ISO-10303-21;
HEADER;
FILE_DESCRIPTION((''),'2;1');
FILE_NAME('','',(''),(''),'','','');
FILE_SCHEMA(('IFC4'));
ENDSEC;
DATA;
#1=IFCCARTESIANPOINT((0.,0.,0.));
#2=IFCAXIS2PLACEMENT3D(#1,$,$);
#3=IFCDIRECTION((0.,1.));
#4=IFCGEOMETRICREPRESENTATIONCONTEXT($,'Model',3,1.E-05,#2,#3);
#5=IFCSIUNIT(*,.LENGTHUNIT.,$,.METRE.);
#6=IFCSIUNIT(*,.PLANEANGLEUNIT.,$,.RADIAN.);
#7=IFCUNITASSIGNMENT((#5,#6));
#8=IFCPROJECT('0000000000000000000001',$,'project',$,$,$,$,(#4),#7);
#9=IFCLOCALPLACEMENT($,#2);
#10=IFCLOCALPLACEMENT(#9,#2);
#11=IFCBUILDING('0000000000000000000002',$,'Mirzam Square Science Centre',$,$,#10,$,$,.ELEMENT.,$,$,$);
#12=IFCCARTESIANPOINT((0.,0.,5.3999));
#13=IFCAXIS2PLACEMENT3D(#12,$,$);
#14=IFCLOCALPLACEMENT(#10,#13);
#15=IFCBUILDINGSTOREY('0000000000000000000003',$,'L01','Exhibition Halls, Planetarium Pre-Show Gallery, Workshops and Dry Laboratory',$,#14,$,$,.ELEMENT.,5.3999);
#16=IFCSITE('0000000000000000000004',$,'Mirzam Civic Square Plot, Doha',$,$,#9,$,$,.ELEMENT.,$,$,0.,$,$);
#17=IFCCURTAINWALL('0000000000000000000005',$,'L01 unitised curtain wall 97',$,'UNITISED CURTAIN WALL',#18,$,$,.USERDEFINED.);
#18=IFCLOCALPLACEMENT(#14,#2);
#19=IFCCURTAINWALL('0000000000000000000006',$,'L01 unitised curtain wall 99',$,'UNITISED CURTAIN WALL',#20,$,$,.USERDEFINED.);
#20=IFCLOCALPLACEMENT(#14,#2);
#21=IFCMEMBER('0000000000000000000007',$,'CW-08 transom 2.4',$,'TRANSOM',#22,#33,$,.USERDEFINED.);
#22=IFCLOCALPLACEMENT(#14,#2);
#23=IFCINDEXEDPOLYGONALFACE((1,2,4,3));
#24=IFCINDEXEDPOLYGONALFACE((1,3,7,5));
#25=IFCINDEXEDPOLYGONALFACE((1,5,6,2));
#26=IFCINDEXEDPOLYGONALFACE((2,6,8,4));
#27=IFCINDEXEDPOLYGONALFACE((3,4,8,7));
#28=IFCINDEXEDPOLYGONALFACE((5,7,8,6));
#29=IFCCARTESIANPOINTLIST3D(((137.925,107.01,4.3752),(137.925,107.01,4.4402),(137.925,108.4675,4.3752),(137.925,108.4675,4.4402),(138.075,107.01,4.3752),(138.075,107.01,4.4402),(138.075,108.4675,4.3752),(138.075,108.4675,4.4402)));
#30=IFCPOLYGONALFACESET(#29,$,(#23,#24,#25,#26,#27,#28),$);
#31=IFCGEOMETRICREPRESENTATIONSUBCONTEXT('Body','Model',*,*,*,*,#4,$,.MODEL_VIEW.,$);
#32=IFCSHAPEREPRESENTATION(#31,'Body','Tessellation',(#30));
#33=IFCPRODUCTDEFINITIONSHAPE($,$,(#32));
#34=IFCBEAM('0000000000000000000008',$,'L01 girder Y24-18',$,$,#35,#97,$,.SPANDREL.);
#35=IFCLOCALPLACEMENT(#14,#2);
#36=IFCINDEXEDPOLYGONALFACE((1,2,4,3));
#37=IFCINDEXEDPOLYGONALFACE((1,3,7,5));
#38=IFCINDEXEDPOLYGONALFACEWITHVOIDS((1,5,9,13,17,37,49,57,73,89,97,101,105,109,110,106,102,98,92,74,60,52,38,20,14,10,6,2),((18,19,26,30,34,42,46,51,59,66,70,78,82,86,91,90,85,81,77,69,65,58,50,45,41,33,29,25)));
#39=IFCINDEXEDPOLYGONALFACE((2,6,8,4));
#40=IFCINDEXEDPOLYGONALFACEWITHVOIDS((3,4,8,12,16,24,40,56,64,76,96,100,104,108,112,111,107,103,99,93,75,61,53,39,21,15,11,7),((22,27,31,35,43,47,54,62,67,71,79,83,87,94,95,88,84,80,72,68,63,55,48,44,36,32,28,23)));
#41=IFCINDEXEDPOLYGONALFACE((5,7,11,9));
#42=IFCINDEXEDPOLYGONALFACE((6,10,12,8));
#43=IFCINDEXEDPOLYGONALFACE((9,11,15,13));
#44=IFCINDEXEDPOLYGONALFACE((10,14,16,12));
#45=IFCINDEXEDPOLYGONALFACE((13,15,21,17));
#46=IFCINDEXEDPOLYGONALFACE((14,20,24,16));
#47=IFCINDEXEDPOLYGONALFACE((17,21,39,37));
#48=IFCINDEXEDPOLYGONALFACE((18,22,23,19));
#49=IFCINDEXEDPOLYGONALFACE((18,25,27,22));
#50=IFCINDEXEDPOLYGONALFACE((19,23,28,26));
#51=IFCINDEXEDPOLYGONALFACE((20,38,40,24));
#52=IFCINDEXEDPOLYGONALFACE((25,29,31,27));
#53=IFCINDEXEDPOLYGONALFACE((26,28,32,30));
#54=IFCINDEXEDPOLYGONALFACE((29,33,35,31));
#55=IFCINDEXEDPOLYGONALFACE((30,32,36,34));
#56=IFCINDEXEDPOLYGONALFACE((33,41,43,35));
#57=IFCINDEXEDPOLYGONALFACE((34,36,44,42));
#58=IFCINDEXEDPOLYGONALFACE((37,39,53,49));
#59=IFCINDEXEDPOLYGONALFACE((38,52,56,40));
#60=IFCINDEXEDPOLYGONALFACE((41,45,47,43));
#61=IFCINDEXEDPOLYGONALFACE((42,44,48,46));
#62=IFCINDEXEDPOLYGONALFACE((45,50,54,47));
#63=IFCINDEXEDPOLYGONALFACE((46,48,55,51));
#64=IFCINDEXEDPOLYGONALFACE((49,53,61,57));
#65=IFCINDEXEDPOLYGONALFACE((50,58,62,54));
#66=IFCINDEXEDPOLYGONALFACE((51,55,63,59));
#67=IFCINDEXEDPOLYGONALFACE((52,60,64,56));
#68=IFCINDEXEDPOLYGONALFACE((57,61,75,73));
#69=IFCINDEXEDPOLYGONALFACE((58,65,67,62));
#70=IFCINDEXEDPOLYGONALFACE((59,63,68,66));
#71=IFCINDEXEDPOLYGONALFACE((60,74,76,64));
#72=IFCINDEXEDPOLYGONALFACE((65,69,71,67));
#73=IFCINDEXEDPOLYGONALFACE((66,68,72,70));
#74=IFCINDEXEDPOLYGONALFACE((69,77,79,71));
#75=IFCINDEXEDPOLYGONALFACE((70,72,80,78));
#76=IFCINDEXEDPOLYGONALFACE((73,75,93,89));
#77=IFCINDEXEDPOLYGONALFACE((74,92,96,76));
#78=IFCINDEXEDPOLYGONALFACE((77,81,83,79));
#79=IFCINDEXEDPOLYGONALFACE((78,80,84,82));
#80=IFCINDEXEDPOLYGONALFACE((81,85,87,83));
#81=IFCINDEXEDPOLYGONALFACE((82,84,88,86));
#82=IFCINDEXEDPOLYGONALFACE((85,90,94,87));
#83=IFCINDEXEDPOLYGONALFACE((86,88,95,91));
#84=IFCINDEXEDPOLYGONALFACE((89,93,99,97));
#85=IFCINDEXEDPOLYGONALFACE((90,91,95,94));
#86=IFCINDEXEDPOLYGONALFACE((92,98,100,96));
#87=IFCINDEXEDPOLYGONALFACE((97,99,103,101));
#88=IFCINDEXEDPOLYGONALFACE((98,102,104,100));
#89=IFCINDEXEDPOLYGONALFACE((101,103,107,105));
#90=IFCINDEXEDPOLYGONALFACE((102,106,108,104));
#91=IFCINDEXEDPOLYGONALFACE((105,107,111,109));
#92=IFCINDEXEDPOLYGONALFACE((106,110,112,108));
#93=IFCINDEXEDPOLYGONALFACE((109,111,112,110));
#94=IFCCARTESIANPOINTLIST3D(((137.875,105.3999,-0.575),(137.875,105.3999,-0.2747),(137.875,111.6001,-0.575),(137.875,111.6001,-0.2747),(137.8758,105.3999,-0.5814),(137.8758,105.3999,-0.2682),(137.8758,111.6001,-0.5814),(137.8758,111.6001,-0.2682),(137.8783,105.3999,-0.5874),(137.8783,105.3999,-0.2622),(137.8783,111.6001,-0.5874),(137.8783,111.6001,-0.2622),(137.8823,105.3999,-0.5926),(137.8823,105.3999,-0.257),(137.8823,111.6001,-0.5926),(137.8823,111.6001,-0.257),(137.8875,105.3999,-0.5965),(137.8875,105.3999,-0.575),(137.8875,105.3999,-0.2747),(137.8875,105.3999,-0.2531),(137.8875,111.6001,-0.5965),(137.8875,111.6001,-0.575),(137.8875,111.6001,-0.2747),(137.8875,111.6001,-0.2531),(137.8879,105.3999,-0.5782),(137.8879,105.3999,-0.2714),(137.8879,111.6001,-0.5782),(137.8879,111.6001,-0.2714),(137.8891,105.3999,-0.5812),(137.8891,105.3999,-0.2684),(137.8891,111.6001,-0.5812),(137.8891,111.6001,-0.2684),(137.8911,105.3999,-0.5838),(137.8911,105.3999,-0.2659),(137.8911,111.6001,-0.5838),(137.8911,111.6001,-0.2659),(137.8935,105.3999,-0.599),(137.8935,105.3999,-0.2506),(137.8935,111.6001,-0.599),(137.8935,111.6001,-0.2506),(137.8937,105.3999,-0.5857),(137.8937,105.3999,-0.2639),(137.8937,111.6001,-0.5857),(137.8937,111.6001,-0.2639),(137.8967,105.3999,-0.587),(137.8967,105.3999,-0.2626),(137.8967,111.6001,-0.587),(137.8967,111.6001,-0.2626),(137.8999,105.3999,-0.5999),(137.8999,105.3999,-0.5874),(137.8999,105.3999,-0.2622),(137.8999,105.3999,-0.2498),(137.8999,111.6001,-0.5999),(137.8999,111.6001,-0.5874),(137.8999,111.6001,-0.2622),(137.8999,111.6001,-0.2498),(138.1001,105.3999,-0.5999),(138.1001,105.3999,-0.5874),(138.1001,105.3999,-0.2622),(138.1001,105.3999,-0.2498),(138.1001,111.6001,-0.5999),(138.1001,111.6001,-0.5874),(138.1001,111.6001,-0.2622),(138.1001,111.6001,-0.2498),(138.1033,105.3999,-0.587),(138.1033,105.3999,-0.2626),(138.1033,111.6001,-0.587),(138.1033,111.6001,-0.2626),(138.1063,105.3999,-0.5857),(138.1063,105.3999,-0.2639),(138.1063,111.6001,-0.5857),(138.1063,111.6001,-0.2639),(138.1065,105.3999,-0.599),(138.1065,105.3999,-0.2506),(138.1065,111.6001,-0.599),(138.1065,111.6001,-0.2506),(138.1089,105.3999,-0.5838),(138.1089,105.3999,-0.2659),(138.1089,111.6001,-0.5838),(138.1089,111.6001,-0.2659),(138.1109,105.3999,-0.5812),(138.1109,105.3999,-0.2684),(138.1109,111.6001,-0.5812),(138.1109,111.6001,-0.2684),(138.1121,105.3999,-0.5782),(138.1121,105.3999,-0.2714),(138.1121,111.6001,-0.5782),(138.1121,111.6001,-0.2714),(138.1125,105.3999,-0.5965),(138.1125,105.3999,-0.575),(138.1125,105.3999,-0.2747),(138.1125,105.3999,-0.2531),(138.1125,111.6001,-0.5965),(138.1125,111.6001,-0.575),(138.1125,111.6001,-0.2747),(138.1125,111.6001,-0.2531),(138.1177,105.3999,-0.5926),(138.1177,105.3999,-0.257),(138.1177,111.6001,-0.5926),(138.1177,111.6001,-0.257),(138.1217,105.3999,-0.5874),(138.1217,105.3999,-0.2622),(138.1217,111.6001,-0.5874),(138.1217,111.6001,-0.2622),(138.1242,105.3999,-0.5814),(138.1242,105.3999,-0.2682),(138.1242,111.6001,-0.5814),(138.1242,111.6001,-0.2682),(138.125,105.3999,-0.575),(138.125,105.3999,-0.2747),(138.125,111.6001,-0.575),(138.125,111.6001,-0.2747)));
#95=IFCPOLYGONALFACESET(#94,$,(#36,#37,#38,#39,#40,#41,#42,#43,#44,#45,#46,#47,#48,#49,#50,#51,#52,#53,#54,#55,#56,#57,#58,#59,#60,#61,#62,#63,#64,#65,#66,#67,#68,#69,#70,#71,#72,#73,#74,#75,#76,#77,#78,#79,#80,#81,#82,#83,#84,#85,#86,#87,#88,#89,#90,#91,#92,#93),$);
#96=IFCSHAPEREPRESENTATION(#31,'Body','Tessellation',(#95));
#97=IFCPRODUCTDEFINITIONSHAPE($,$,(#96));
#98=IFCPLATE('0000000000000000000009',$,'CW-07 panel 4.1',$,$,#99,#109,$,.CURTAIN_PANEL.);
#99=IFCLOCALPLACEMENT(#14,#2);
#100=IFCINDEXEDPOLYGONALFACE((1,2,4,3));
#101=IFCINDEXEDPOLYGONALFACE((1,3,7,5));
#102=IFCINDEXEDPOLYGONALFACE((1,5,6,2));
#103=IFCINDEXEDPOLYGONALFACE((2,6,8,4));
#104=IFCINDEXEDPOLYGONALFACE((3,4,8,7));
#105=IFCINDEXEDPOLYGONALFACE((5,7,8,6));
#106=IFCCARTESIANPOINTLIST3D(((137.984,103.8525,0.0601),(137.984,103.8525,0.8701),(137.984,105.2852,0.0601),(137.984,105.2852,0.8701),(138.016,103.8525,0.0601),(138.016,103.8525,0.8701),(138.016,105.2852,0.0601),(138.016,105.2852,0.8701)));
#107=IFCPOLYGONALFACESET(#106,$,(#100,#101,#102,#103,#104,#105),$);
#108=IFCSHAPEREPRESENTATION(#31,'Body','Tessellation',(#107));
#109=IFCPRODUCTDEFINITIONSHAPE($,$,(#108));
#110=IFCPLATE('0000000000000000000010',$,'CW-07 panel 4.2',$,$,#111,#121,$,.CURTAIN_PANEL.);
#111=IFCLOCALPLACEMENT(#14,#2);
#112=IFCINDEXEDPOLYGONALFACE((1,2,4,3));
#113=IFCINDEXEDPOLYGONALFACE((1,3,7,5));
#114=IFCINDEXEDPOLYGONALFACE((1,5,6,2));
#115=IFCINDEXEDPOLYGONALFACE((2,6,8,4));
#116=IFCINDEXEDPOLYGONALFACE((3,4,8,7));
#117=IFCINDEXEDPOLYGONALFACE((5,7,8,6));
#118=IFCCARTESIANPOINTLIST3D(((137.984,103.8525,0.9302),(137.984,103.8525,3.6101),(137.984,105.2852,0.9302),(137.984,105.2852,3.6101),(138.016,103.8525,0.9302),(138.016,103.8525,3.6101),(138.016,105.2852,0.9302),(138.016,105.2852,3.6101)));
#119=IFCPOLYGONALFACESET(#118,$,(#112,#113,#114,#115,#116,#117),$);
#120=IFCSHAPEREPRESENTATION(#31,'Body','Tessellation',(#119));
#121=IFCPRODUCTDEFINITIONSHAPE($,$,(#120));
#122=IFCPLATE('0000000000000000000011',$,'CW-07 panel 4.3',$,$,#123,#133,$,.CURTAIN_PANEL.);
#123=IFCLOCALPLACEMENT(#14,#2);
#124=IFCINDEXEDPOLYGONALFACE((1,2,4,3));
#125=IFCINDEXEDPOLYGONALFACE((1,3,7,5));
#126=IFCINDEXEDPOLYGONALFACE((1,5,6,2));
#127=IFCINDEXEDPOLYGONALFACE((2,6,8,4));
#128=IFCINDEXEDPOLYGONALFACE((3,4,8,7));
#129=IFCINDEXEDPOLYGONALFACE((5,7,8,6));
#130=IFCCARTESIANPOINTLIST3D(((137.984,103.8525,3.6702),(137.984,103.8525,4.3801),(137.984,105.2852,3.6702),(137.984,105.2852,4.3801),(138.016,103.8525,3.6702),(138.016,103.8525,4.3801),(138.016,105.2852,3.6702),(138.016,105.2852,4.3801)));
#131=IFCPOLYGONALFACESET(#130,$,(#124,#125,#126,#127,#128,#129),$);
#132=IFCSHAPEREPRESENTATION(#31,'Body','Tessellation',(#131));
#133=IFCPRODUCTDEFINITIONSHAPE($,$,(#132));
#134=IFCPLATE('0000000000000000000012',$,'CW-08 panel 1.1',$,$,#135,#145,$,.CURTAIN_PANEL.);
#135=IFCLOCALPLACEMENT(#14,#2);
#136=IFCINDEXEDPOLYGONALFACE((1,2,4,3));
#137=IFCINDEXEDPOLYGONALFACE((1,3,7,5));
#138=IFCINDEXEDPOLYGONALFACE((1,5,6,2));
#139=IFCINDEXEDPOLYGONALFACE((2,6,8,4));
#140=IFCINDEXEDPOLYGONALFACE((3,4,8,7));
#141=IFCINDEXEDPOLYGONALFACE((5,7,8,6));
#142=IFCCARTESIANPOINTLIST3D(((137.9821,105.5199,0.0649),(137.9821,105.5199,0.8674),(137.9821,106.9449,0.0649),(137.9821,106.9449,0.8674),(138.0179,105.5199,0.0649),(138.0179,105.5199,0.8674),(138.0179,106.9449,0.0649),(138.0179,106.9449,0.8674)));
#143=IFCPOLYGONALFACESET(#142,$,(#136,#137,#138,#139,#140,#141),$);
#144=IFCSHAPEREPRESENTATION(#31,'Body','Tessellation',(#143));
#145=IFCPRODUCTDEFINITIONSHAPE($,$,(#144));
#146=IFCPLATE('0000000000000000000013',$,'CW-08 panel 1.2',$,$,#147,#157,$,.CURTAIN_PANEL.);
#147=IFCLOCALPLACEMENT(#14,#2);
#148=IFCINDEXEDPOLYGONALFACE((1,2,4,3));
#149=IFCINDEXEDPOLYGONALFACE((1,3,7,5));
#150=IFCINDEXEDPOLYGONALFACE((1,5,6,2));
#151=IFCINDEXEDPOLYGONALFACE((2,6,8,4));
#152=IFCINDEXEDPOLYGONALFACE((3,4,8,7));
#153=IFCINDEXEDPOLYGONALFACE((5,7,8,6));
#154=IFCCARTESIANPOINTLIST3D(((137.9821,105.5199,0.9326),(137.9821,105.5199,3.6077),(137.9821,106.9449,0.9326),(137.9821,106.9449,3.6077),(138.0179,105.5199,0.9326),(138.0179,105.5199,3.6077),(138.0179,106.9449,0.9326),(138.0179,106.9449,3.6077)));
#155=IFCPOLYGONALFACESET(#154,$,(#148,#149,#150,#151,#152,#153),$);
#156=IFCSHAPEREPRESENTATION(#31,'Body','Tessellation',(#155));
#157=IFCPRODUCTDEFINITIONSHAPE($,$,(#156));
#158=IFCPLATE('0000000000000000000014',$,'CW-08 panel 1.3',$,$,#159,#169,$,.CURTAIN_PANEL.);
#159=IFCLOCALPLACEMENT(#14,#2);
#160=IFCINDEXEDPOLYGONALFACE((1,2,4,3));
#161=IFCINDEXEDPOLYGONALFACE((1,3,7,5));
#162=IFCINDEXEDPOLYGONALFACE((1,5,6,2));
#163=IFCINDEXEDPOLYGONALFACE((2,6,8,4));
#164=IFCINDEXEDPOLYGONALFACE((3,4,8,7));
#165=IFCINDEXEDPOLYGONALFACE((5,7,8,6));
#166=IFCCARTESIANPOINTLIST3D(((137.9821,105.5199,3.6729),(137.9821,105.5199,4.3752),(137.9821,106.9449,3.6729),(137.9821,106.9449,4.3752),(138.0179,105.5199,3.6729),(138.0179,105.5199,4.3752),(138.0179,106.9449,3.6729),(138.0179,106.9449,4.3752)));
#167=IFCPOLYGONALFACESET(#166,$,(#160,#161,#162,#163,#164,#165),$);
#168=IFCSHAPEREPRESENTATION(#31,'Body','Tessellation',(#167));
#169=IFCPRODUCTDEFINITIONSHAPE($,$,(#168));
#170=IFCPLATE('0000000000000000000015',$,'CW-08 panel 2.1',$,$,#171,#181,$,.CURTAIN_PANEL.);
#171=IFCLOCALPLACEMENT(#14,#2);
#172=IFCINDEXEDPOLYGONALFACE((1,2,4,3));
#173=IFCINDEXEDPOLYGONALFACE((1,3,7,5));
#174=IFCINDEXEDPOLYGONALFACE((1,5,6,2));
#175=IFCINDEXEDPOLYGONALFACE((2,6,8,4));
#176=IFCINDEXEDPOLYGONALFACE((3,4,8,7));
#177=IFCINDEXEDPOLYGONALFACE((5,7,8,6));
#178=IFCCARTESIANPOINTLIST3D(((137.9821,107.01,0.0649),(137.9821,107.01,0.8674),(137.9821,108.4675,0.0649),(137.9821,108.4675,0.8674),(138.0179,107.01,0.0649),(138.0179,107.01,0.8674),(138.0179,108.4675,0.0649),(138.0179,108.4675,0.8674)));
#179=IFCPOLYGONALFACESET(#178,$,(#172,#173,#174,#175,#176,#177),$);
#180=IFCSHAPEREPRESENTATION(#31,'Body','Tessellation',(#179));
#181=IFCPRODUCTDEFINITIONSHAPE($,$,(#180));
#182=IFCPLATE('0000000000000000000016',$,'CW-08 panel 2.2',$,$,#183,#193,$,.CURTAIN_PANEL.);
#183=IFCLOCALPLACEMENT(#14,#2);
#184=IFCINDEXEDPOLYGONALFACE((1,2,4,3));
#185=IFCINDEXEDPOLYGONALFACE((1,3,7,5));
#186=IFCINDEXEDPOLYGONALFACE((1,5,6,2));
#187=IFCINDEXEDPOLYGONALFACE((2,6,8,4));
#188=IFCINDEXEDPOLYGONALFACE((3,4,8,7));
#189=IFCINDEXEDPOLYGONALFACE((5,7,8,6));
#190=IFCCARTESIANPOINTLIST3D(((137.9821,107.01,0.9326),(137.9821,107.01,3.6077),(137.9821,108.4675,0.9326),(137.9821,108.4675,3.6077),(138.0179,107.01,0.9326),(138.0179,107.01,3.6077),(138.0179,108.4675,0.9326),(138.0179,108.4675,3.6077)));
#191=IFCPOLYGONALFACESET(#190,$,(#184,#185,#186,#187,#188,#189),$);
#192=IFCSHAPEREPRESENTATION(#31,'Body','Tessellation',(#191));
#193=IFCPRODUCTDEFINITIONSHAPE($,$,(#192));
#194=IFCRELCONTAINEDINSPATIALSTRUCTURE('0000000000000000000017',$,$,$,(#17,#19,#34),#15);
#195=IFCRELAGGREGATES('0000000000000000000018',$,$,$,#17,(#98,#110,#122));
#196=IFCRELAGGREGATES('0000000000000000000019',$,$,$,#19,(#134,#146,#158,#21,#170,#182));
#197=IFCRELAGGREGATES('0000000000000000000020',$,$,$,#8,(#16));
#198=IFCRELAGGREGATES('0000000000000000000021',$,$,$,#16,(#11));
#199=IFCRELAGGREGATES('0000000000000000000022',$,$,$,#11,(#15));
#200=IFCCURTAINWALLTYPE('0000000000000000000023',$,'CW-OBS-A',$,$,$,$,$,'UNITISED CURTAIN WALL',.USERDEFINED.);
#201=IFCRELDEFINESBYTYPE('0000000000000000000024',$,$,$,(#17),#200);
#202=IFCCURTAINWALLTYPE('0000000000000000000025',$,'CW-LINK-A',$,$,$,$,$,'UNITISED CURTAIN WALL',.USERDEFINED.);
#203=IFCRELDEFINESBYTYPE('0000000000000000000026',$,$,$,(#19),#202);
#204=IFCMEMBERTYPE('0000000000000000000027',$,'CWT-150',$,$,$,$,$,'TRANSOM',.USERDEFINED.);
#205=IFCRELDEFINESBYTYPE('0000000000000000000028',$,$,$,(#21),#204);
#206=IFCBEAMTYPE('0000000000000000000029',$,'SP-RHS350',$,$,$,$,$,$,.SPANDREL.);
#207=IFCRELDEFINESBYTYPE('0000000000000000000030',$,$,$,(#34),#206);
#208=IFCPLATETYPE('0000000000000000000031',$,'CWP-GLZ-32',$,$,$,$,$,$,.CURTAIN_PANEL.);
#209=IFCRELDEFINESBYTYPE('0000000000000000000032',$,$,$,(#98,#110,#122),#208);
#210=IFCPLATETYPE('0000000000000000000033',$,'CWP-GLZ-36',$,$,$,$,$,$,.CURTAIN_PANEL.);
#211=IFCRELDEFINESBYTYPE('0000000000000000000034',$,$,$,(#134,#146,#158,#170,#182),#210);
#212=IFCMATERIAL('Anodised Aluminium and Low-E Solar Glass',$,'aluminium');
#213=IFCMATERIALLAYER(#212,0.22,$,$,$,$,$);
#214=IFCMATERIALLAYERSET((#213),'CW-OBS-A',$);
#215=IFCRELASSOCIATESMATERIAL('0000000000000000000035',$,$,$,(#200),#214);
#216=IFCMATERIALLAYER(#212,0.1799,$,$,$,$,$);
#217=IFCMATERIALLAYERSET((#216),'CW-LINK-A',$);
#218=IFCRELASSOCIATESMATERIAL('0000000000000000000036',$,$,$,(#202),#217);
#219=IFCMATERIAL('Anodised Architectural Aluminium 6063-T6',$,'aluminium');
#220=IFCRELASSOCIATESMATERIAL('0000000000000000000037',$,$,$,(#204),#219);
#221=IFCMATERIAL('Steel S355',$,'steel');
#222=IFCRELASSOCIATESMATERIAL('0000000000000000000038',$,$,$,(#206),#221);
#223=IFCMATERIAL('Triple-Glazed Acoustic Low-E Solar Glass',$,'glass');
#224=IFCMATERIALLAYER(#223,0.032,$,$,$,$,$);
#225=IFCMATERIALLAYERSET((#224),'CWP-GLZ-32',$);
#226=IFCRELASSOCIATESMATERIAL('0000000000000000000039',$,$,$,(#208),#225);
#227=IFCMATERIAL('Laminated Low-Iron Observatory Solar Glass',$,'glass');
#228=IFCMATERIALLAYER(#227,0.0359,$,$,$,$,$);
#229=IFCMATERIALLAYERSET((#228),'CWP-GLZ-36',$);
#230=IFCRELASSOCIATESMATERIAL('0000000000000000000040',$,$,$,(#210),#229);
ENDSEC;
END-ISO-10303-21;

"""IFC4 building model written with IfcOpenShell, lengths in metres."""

from ifc_helpers import new_model, si_unit, direction, frame, origin, origin_2d, place, context, subcontext, project, spatial, rectangle, hollow_rectangle, extrude, material, layer, layer_set, material_profile, profile_set, type_object, element, aggregate, save


model = new_model("IFC4")

# Units and contexts
model_context = context("Model", 3, precision=1e-05, world=origin(), true_north=direction((0.0, 1.0)))
body_context = subcontext(model_context, "Body", "Model", "MODEL_VIEW")
ifc_project = project(units=[si_unit("LENGTHUNIT", "METRE"), si_unit("PLANEANGLEUNIT", "RADIAN")], contexts=[model_context])

# Site, building, storey
site_placement = place(None, origin())
site = spatial("IfcSite", under=ifc_project, at=site_placement, Name="Mirzam Civic Square Plot, Doha", CompositionType="ELEMENT", RefElevation=0.0)
building_placement = place(site_placement, origin())
building = spatial("IfcBuilding", under=site, at=building_placement, Name="Mirzam Square Science Centre", CompositionType="ELEMENT")
storey_placement = place(building_placement, frame((0.0, 0.0, 5.3999)))
storey = spatial("IfcBuildingStorey", under=building, at=storey_placement, Name="L01", Description="Exhibition Halls, Planetarium Pre-Show Gallery, Workshops and Dry Laboratory", CompositionType="ELEMENT", Elevation=5.3999)

# Shared definitions
ifc_material_1 = material(Name="Steel S355", Category="steel")

# Curtain wall
ifc_material_2 = material(Name="Anodised Aluminium and Low-E Solar Glass", Category="aluminium")
ifc_layer_1 = layer(ifc_material_2, 0.22)
ifc_layer_set_1 = layer_set([ifc_layer_1], Name="CW-OBS-A")
curtain_wall_type_1 = type_object("IfcCurtainWallType", Name="CW-OBS-A", ElementType="UNITISED CURTAIN WALL", PredefinedType="USERDEFINED", material=ifc_layer_set_1)
curtain_wall_1_placement = place(storey_placement, origin())
curtain_wall_1 = element("IfcCurtainWall", 1, at=curtain_wall_1_placement, inside=storey, type_object=curtain_wall_type_1, Name="L01 unitised curtain wall 97", ObjectType="UNITISED CURTAIN WALL", PredefinedType="USERDEFINED")
ifc_material_3 = material(Name="Anodised Architectural Aluminium 6063-T6", Category="aluminium")

# Curtain wall, member
ifc_layer_2 = layer(ifc_material_2, 0.1799)
ifc_layer_set_2 = layer_set([ifc_layer_2], Name="CW-LINK-A")
curtain_wall_type_2 = type_object("IfcCurtainWallType", Name="CW-LINK-A", ElementType="UNITISED CURTAIN WALL", PredefinedType="USERDEFINED", material=ifc_layer_set_2)
curtain_wall_2_placement = place(storey_placement, origin())
curtain_wall_2 = element("IfcCurtainWall", 2, at=curtain_wall_2_placement, inside=storey, type_object=curtain_wall_type_2, Name="L01 unitised curtain wall 99", ObjectType="UNITISED CURTAIN WALL", PredefinedType="USERDEFINED")
ifc_material_profile_1 = material_profile(ifc_material_3, rectangle(XDim=0.1499, YDim=0.0649, at=origin_2d()), Name="ALU-TRAN-150x65x4")
ifc_profile_set_1 = profile_set([ifc_material_profile_1], Name="Anodised Architectural Aluminium 6063-T6")
member_type_1 = type_object("IfcMemberType", Name="CWT-150", ElementType="TRANSOM", PredefinedType="USERDEFINED", material=ifc_profile_set_1)
member_1_placement = place(storey_placement, frame((138.0, 107.01, 4.4077), z_axis=(0.0, 1.0, 0.0), x_axis=(-1.0, 0.0, 0.0)))
member_1 = element("IfcMember", 3, at=member_1_placement, type_object=member_type_1, Name="CW-08 transom 2.4", ObjectType="TRANSOM", PredefinedType="USERDEFINED", context=body_context, shape_type="SweptSolid", body=[
    extrude(rectangle(XDim=0.1499, YDim=0.0649, at=origin_2d()), origin(), (0.0, 0.0, 1.0), 1.4575),
])

# Beam
ifc_material_profile_2 = material_profile(ifc_material_1, hollow_rectangle(XDim=0.25, YDim=0.3501, WallThickness=0.0125, InnerFilletRadius=0.0125, OuterFilletRadius=0.0249, at=origin_2d()), Name="350x250x12.5RHS")
ifc_profile_set_2 = profile_set([ifc_material_profile_2], Name="Steel S355")
beam_type = type_object("IfcBeamType", Name="SP-RHS350", PredefinedType="SPANDREL", material=ifc_profile_set_2)
beam_placement = place(storey_placement, frame((138.0, 105.3999, -0.4248), z_axis=(0.0, 1.0, 0.0), x_axis=(-1.0, 0.0, 0.0)))
element("IfcBeam", 4, at=beam_placement, inside=storey, type_object=beam_type, Name="L01 girder Y24-18", PredefinedType="SPANDREL", context=body_context, shape_type="SweptSolid", body=[
    extrude(hollow_rectangle(XDim=0.25, YDim=0.3501, WallThickness=0.0125, InnerFilletRadius=0.0125, OuterFilletRadius=0.0249, at=origin_2d()), origin(), (0.0, 0.0, 1.0), 6.2002),
])

# Plates
ifc_material_4 = material(Name="Triple-Glazed Acoustic Low-E Solar Glass", Category="glass")
ifc_layer_3 = layer(ifc_material_4, 0.032)
ifc_layer_set_3 = layer_set([ifc_layer_3], Name="CWP-GLZ-32")
plate_type_1 = type_object("IfcPlateType", Name="CWP-GLZ-32", PredefinedType="CURTAIN_PANEL", material=ifc_layer_set_3)
plate_1_placement = place(storey_placement, frame((138.0, 104.5688, 0.0601), z_axis=(0.0, 0.0, 1.0), x_axis=(0.0, 1.0, 0.0)))
plate_1 = element("IfcPlate", 5, at=plate_1_placement, type_object=plate_type_1, Name="CW-07 panel 4.1", PredefinedType="CURTAIN_PANEL", context=body_context, shape_type="SweptSolid", body=[
    extrude(rectangle(XDim=1.4326, YDim=0.032, at=origin_2d()), origin(), (0.0, 0.0, 1.0), 0.8101),
])
plate_2_placement = place(storey_placement, frame((138.0, 104.5688, 0.9302), z_axis=(0.0, 0.0, 1.0), x_axis=(0.0, 1.0, 0.0)))
plate_2 = element("IfcPlate", 6, at=plate_2_placement, type_object=plate_type_1, Name="CW-07 panel 4.2", PredefinedType="CURTAIN_PANEL", context=body_context, shape_type="SweptSolid", body=[
    extrude(rectangle(XDim=1.4326, YDim=0.032, at=origin_2d()), origin(), (0.0, 0.0, 1.0), 2.6799),
])
plate_3_placement = place(storey_placement, frame((138.0, 104.5688, 3.6702), z_axis=(0.0, 0.0, 1.0), x_axis=(0.0, 1.0, 0.0)))
plate_3 = element("IfcPlate", 7, at=plate_3_placement, type_object=plate_type_1, Name="CW-07 panel 4.3", PredefinedType="CURTAIN_PANEL", context=body_context, shape_type="SweptSolid", body=[
    extrude(rectangle(XDim=1.4326, YDim=0.032, at=origin_2d()), origin(), (0.0, 0.0, 1.0), 0.71),
])
aggregate(curtain_wall_1, [plate_1, plate_2, plate_3])
ifc_material_5 = material(Name="Laminated Low-Iron Observatory Solar Glass", Category="glass")
ifc_layer_4 = layer(ifc_material_5, 0.0359)
ifc_layer_set_4 = layer_set([ifc_layer_4], Name="CWP-GLZ-36")
plate_type_2 = type_object("IfcPlateType", Name="CWP-GLZ-36", PredefinedType="CURTAIN_PANEL", material=ifc_layer_set_4)
plate_4_placement = place(storey_placement, frame((138.0, 106.2324, 0.0649), z_axis=(0.0, 0.0, 1.0), x_axis=(0.0, 1.0, 0.0)))
plate_4 = element("IfcPlate", 8, at=plate_4_placement, type_object=plate_type_2, Name="CW-08 panel 1.1", PredefinedType="CURTAIN_PANEL", context=body_context, shape_type="SweptSolid", body=[
    extrude(rectangle(XDim=1.425, YDim=0.0359, at=origin_2d()), origin(), (0.0, 0.0, 1.0), 0.8025),
])
plate_5_placement = place(storey_placement, frame((138.0, 106.2324, 0.9326), z_axis=(0.0, 0.0, 1.0), x_axis=(0.0, 1.0, 0.0)))
plate_5 = element("IfcPlate", 9, at=plate_5_placement, type_object=plate_type_2, Name="CW-08 panel 1.2", PredefinedType="CURTAIN_PANEL", context=body_context, shape_type="SweptSolid", body=[
    extrude(rectangle(XDim=1.425, YDim=0.0359, at=origin_2d()), origin(), (0.0, 0.0, 1.0), 2.675),
])
plate_6_placement = place(storey_placement, frame((138.0, 106.2324, 3.6729), z_axis=(0.0, 0.0, 1.0), x_axis=(0.0, 1.0, 0.0)))
plate_6 = element("IfcPlate", 10, at=plate_6_placement, type_object=plate_type_2, Name="CW-08 panel 1.3", PredefinedType="CURTAIN_PANEL", context=body_context, shape_type="SweptSolid", body=[
    extrude(rectangle(XDim=1.425, YDim=0.0359, at=origin_2d()), origin(), (0.0, 0.0, 1.0), 0.7024),
])
plate_7_placement = place(storey_placement, frame((138.0, 107.7388, 0.0649), z_axis=(0.0, 0.0, 1.0), x_axis=(0.0, 1.0, 0.0)))
plate_7 = element("IfcPlate", 11, at=plate_7_placement, type_object=plate_type_2, Name="CW-08 panel 2.1", PredefinedType="CURTAIN_PANEL", context=body_context, shape_type="SweptSolid", body=[
    extrude(rectangle(XDim=1.4575, YDim=0.0359, at=origin_2d()), origin(), (0.0, 0.0, 1.0), 0.8025),
])
plate_8_placement = place(storey_placement, frame((138.0, 107.7388, 0.9326), z_axis=(0.0, 0.0, 1.0), x_axis=(0.0, 1.0, 0.0)))
plate_8 = element("IfcPlate", 12, at=plate_8_placement, type_object=plate_type_2, Name="CW-08 panel 2.2", PredefinedType="CURTAIN_PANEL", context=body_context, shape_type="SweptSolid", body=[
    extrude(rectangle(XDim=1.4575, YDim=0.0359, at=origin_2d()), origin(), (0.0, 0.0, 1.0), 2.675),
])
aggregate(curtain_wall_2, [plate_4, plate_5, plate_6, member_1, plate_7, plate_8])

save(model, "model.ifc")
